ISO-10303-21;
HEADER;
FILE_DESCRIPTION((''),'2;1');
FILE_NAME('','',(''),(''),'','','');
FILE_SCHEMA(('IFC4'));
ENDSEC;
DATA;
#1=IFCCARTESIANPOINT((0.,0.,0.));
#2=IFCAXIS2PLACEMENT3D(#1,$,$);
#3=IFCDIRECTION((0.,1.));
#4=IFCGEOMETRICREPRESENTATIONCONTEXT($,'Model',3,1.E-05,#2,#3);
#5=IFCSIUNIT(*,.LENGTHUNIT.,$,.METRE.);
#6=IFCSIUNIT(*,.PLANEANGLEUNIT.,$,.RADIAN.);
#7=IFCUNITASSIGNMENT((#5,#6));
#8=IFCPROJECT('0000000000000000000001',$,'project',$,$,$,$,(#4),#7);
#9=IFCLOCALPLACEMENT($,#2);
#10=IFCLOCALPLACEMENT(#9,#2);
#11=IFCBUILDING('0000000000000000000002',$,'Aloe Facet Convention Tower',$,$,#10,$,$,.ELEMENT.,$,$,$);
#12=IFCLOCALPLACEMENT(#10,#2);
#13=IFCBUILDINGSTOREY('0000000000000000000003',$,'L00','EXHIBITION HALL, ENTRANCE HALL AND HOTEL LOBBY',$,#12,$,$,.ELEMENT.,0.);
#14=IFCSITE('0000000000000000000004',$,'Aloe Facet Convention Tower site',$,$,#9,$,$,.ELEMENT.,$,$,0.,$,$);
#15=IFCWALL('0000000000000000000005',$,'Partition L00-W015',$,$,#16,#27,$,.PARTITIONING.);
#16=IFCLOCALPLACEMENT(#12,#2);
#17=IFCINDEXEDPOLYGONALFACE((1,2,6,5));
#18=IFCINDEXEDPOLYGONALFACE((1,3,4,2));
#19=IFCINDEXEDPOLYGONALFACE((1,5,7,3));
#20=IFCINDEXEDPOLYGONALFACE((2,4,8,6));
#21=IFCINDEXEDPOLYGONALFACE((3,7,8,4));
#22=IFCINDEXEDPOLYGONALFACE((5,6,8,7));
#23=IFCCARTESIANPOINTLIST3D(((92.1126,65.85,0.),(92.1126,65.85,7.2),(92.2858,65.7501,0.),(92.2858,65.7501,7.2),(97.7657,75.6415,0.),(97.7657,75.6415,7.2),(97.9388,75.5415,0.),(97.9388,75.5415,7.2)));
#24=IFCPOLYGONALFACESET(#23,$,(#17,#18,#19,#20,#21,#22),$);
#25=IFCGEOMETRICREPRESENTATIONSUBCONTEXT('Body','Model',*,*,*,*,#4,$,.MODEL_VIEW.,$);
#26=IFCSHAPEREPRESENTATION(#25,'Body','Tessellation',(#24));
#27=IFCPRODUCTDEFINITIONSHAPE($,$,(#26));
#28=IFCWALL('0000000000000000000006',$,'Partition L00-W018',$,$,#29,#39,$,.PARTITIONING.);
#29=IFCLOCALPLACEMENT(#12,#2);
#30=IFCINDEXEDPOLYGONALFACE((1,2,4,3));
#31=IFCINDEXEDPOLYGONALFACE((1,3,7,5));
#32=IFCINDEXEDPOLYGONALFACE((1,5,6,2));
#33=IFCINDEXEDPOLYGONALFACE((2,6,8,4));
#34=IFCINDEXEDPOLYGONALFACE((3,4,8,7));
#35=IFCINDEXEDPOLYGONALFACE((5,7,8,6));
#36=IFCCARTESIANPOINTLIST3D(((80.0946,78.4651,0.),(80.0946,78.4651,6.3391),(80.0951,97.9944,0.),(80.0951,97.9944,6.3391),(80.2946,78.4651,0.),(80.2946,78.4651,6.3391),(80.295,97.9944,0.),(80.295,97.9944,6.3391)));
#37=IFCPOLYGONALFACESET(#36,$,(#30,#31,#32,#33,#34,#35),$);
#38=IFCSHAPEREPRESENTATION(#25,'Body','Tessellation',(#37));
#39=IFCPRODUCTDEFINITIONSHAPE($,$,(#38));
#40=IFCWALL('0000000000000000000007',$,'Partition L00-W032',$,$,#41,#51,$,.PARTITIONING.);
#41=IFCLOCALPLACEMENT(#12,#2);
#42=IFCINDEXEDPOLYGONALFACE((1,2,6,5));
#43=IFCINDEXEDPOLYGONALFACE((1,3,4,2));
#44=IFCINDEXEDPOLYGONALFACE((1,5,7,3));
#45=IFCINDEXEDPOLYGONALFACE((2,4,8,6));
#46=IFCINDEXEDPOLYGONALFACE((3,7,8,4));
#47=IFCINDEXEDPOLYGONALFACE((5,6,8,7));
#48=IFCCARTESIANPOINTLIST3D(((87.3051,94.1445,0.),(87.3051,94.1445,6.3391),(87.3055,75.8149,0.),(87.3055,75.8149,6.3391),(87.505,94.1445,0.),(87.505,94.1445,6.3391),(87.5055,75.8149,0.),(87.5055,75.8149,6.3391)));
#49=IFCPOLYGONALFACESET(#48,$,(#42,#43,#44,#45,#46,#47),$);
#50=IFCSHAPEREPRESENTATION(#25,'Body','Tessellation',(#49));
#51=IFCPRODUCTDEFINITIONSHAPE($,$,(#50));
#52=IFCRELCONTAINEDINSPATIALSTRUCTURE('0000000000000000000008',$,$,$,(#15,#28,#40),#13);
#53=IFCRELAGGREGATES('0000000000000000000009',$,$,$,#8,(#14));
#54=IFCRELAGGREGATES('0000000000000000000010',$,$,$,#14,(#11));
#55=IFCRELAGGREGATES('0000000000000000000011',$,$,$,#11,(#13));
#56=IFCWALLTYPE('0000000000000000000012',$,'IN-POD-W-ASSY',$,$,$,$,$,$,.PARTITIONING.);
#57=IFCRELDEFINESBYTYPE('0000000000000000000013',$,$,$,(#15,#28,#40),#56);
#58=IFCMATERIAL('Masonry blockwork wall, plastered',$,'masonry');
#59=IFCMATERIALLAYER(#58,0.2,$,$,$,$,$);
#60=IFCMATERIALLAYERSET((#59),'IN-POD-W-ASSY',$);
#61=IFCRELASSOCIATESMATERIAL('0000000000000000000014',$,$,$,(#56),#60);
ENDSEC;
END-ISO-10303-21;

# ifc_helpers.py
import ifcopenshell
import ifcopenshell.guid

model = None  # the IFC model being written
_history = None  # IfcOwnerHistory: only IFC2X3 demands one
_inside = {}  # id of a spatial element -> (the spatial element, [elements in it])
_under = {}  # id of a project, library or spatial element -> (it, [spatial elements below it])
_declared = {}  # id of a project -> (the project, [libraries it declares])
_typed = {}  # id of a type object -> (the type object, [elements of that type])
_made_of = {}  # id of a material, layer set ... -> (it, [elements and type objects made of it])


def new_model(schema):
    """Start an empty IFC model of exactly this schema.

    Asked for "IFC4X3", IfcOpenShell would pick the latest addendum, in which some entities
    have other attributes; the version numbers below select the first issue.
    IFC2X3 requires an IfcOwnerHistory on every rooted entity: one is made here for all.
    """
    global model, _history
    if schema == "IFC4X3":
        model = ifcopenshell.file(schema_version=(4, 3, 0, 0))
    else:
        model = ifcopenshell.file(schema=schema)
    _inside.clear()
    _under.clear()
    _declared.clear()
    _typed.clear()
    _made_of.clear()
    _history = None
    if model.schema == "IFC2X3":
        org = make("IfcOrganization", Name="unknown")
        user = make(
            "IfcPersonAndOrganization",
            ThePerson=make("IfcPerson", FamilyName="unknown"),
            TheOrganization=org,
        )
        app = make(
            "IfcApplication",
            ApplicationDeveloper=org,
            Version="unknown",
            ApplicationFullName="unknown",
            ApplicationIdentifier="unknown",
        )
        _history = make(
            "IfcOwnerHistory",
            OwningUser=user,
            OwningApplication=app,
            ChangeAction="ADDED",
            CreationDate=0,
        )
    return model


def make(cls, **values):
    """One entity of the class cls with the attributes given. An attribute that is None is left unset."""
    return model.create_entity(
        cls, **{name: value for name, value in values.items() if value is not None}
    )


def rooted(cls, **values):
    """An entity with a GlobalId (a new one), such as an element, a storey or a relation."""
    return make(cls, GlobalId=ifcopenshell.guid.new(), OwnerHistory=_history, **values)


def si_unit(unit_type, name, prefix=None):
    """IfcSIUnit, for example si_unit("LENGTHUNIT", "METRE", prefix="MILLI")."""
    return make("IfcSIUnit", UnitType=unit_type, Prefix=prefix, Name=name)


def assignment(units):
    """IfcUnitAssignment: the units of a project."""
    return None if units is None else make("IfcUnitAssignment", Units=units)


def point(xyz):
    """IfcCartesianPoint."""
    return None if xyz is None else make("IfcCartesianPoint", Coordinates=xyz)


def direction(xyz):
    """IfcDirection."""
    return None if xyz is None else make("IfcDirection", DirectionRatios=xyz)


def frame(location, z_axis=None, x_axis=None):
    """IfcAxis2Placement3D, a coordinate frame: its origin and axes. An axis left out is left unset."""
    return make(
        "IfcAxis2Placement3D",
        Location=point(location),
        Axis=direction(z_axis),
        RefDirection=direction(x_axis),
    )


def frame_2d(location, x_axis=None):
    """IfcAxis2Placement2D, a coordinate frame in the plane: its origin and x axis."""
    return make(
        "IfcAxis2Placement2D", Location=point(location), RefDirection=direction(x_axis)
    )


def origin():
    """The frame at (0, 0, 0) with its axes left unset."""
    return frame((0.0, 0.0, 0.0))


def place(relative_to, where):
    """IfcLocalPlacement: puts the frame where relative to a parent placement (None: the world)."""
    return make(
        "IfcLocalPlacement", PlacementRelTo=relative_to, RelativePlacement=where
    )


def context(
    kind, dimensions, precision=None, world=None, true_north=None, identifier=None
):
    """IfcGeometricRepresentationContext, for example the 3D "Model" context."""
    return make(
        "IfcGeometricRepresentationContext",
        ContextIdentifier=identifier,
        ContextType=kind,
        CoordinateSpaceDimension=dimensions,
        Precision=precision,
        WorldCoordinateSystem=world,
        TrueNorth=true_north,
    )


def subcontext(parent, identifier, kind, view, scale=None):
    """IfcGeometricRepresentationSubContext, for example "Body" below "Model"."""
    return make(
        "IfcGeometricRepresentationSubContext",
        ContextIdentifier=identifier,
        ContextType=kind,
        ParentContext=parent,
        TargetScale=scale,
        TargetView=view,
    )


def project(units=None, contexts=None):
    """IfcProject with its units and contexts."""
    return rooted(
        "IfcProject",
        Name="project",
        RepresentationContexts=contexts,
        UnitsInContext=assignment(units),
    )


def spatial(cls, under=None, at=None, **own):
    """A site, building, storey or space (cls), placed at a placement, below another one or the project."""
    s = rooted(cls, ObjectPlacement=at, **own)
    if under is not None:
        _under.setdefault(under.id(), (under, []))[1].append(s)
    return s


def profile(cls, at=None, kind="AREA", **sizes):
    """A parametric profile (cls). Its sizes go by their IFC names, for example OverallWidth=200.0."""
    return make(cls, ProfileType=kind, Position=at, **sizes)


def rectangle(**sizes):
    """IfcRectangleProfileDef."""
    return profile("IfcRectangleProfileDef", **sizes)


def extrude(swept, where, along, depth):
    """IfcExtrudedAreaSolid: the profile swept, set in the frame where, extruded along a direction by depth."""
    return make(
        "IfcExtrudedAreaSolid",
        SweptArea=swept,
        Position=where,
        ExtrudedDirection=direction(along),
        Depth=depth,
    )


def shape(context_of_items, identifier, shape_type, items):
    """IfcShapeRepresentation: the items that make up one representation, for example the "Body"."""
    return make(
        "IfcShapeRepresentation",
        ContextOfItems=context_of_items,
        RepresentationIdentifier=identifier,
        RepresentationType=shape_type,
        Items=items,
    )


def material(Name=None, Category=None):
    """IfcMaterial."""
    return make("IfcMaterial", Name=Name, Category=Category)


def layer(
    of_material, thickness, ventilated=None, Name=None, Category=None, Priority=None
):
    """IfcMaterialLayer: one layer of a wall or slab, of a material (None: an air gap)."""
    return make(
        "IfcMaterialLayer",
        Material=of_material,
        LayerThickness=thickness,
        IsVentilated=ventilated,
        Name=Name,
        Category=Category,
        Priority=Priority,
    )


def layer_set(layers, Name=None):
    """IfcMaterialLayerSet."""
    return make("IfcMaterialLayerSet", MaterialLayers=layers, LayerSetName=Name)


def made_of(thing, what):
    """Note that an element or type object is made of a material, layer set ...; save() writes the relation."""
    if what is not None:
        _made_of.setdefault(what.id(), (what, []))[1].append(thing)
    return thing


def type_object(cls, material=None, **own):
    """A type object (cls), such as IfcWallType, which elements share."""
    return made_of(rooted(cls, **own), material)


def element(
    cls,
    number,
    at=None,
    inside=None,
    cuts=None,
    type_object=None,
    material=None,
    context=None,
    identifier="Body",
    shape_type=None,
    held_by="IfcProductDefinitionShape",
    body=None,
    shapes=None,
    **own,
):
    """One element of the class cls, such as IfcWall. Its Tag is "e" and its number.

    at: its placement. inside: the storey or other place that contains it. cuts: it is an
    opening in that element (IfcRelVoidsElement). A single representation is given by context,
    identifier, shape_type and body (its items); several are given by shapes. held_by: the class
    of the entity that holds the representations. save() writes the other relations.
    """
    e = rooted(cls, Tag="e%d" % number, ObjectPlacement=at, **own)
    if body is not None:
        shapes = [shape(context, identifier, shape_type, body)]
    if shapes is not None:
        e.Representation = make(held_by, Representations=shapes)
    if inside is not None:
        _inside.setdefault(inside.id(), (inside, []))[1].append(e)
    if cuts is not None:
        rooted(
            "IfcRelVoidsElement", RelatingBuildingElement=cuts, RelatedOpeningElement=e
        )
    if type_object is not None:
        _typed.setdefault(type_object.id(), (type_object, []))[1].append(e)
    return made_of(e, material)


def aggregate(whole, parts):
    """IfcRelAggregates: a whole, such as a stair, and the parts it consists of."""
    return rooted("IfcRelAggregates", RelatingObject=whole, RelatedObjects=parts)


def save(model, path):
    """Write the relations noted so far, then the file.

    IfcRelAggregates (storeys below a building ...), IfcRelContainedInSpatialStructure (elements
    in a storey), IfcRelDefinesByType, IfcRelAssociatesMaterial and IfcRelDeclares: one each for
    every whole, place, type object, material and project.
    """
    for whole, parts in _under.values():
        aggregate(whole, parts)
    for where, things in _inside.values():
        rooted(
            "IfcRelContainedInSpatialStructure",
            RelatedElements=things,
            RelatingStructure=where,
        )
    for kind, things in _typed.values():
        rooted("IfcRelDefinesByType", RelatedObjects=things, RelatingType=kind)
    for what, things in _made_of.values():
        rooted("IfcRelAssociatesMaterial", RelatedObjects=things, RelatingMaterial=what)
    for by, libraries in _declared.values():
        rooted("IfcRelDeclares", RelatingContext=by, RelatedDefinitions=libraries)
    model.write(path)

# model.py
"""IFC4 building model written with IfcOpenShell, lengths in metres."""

from ifc_helpers import new_model, si_unit, direction, frame, frame_2d, origin, place, context, subcontext, project, spatial, rectangle, extrude, material, layer, layer_set, type_object, element, save


model = new_model("IFC4")

# Units and contexts
model_context = context("Model", 3, precision=1e-05, world=origin(), true_north=direction((0.0, 1.0)))
body_context = subcontext(model_context, "Body", "Model", "MODEL_VIEW")
ifc_project = project(units=[si_unit("LENGTHUNIT", "METRE"), si_unit("PLANEANGLEUNIT", "RADIAN")], contexts=[model_context])

# Site, building, storey
site_placement = place(None, origin())
site = spatial("IfcSite", under=ifc_project, at=site_placement, Name="Aloe Facet Convention Tower site", CompositionType="ELEMENT", RefElevation=0.0)
building_placement = place(site_placement, origin())
building = spatial("IfcBuilding", under=site, at=building_placement, Name="Aloe Facet Convention Tower", CompositionType="ELEMENT")
storey_placement = place(building_placement, origin())
storey = spatial("IfcBuildingStorey", under=building, at=storey_placement, Name="L00", Description="EXHIBITION HALL, ENTRANCE HALL AND HOTEL LOBBY", CompositionType="ELEMENT", Elevation=0.0)

# Walls
ifc_material_1 = material(Name="Masonry blockwork wall, plastered", Category="masonry")
ifc_layer_1 = layer(ifc_material_1, 0.2)
ifc_layer_set_1 = layer_set([ifc_layer_1], Name="IN-POD-W-ASSY")
wall_type_1 = type_object("IfcWallType", Name="IN-POD-W-ASSY", PredefinedType="PARTITIONING", material=ifc_layer_set_1)
wall_1_placement = place(storey_placement, frame((92.1992, 65.8, 0.0), z_axis=(0.0, 0.0, 1.0), x_axis=(0.499997, 0.866027, 0.0)))
element("IfcWall", 1, at=wall_1_placement, inside=storey, type_object=wall_type_1, Name="Partition L00-W015", PredefinedType="PARTITIONING", context=body_context, shape_type="SweptSolid", body=[
    extrude(rectangle(XDim=11.3062, YDim=0.2, at=frame_2d((5.6531, 0.0))), origin(), (0.0, 0.0, 1.0), 7.2),
])
wall_2_placement = place(storey_placement, frame((80.1946, 78.4651, 0.0), z_axis=(0.0, 0.0, 1.0), x_axis=(0.000025, 1.0, 0.0)))
element("IfcWall", 2, at=wall_2_placement, inside=storey, type_object=wall_type_1, Name="Partition L00-W018", PredefinedType="PARTITIONING", context=body_context, shape_type="SweptSolid", body=[
    extrude(rectangle(XDim=19.5293, YDim=0.2, at=frame_2d((9.7646, 0.0))), origin(), (0.0, 0.0, 1.0), 6.3391),
])
wall_3_placement = place(storey_placement, frame((87.4055, 75.8149, 0.0), z_axis=(0.0, 0.0, 1.0), x_axis=(-0.000027, 1.0, 0.0)))
element("IfcWall", 3, at=wall_3_placement, inside=storey, type_object=wall_type_1, Name="Partition L00-W032", PredefinedType="PARTITIONING", context=body_context, shape_type="SweptSolid", body=[
    extrude(rectangle(XDim=18.3296, YDim=0.2, at=frame_2d((9.1648, 0.0))), origin(), (0.0, 0.0, 1.0), 6.3391),
])

save(model, "model.ifc")
